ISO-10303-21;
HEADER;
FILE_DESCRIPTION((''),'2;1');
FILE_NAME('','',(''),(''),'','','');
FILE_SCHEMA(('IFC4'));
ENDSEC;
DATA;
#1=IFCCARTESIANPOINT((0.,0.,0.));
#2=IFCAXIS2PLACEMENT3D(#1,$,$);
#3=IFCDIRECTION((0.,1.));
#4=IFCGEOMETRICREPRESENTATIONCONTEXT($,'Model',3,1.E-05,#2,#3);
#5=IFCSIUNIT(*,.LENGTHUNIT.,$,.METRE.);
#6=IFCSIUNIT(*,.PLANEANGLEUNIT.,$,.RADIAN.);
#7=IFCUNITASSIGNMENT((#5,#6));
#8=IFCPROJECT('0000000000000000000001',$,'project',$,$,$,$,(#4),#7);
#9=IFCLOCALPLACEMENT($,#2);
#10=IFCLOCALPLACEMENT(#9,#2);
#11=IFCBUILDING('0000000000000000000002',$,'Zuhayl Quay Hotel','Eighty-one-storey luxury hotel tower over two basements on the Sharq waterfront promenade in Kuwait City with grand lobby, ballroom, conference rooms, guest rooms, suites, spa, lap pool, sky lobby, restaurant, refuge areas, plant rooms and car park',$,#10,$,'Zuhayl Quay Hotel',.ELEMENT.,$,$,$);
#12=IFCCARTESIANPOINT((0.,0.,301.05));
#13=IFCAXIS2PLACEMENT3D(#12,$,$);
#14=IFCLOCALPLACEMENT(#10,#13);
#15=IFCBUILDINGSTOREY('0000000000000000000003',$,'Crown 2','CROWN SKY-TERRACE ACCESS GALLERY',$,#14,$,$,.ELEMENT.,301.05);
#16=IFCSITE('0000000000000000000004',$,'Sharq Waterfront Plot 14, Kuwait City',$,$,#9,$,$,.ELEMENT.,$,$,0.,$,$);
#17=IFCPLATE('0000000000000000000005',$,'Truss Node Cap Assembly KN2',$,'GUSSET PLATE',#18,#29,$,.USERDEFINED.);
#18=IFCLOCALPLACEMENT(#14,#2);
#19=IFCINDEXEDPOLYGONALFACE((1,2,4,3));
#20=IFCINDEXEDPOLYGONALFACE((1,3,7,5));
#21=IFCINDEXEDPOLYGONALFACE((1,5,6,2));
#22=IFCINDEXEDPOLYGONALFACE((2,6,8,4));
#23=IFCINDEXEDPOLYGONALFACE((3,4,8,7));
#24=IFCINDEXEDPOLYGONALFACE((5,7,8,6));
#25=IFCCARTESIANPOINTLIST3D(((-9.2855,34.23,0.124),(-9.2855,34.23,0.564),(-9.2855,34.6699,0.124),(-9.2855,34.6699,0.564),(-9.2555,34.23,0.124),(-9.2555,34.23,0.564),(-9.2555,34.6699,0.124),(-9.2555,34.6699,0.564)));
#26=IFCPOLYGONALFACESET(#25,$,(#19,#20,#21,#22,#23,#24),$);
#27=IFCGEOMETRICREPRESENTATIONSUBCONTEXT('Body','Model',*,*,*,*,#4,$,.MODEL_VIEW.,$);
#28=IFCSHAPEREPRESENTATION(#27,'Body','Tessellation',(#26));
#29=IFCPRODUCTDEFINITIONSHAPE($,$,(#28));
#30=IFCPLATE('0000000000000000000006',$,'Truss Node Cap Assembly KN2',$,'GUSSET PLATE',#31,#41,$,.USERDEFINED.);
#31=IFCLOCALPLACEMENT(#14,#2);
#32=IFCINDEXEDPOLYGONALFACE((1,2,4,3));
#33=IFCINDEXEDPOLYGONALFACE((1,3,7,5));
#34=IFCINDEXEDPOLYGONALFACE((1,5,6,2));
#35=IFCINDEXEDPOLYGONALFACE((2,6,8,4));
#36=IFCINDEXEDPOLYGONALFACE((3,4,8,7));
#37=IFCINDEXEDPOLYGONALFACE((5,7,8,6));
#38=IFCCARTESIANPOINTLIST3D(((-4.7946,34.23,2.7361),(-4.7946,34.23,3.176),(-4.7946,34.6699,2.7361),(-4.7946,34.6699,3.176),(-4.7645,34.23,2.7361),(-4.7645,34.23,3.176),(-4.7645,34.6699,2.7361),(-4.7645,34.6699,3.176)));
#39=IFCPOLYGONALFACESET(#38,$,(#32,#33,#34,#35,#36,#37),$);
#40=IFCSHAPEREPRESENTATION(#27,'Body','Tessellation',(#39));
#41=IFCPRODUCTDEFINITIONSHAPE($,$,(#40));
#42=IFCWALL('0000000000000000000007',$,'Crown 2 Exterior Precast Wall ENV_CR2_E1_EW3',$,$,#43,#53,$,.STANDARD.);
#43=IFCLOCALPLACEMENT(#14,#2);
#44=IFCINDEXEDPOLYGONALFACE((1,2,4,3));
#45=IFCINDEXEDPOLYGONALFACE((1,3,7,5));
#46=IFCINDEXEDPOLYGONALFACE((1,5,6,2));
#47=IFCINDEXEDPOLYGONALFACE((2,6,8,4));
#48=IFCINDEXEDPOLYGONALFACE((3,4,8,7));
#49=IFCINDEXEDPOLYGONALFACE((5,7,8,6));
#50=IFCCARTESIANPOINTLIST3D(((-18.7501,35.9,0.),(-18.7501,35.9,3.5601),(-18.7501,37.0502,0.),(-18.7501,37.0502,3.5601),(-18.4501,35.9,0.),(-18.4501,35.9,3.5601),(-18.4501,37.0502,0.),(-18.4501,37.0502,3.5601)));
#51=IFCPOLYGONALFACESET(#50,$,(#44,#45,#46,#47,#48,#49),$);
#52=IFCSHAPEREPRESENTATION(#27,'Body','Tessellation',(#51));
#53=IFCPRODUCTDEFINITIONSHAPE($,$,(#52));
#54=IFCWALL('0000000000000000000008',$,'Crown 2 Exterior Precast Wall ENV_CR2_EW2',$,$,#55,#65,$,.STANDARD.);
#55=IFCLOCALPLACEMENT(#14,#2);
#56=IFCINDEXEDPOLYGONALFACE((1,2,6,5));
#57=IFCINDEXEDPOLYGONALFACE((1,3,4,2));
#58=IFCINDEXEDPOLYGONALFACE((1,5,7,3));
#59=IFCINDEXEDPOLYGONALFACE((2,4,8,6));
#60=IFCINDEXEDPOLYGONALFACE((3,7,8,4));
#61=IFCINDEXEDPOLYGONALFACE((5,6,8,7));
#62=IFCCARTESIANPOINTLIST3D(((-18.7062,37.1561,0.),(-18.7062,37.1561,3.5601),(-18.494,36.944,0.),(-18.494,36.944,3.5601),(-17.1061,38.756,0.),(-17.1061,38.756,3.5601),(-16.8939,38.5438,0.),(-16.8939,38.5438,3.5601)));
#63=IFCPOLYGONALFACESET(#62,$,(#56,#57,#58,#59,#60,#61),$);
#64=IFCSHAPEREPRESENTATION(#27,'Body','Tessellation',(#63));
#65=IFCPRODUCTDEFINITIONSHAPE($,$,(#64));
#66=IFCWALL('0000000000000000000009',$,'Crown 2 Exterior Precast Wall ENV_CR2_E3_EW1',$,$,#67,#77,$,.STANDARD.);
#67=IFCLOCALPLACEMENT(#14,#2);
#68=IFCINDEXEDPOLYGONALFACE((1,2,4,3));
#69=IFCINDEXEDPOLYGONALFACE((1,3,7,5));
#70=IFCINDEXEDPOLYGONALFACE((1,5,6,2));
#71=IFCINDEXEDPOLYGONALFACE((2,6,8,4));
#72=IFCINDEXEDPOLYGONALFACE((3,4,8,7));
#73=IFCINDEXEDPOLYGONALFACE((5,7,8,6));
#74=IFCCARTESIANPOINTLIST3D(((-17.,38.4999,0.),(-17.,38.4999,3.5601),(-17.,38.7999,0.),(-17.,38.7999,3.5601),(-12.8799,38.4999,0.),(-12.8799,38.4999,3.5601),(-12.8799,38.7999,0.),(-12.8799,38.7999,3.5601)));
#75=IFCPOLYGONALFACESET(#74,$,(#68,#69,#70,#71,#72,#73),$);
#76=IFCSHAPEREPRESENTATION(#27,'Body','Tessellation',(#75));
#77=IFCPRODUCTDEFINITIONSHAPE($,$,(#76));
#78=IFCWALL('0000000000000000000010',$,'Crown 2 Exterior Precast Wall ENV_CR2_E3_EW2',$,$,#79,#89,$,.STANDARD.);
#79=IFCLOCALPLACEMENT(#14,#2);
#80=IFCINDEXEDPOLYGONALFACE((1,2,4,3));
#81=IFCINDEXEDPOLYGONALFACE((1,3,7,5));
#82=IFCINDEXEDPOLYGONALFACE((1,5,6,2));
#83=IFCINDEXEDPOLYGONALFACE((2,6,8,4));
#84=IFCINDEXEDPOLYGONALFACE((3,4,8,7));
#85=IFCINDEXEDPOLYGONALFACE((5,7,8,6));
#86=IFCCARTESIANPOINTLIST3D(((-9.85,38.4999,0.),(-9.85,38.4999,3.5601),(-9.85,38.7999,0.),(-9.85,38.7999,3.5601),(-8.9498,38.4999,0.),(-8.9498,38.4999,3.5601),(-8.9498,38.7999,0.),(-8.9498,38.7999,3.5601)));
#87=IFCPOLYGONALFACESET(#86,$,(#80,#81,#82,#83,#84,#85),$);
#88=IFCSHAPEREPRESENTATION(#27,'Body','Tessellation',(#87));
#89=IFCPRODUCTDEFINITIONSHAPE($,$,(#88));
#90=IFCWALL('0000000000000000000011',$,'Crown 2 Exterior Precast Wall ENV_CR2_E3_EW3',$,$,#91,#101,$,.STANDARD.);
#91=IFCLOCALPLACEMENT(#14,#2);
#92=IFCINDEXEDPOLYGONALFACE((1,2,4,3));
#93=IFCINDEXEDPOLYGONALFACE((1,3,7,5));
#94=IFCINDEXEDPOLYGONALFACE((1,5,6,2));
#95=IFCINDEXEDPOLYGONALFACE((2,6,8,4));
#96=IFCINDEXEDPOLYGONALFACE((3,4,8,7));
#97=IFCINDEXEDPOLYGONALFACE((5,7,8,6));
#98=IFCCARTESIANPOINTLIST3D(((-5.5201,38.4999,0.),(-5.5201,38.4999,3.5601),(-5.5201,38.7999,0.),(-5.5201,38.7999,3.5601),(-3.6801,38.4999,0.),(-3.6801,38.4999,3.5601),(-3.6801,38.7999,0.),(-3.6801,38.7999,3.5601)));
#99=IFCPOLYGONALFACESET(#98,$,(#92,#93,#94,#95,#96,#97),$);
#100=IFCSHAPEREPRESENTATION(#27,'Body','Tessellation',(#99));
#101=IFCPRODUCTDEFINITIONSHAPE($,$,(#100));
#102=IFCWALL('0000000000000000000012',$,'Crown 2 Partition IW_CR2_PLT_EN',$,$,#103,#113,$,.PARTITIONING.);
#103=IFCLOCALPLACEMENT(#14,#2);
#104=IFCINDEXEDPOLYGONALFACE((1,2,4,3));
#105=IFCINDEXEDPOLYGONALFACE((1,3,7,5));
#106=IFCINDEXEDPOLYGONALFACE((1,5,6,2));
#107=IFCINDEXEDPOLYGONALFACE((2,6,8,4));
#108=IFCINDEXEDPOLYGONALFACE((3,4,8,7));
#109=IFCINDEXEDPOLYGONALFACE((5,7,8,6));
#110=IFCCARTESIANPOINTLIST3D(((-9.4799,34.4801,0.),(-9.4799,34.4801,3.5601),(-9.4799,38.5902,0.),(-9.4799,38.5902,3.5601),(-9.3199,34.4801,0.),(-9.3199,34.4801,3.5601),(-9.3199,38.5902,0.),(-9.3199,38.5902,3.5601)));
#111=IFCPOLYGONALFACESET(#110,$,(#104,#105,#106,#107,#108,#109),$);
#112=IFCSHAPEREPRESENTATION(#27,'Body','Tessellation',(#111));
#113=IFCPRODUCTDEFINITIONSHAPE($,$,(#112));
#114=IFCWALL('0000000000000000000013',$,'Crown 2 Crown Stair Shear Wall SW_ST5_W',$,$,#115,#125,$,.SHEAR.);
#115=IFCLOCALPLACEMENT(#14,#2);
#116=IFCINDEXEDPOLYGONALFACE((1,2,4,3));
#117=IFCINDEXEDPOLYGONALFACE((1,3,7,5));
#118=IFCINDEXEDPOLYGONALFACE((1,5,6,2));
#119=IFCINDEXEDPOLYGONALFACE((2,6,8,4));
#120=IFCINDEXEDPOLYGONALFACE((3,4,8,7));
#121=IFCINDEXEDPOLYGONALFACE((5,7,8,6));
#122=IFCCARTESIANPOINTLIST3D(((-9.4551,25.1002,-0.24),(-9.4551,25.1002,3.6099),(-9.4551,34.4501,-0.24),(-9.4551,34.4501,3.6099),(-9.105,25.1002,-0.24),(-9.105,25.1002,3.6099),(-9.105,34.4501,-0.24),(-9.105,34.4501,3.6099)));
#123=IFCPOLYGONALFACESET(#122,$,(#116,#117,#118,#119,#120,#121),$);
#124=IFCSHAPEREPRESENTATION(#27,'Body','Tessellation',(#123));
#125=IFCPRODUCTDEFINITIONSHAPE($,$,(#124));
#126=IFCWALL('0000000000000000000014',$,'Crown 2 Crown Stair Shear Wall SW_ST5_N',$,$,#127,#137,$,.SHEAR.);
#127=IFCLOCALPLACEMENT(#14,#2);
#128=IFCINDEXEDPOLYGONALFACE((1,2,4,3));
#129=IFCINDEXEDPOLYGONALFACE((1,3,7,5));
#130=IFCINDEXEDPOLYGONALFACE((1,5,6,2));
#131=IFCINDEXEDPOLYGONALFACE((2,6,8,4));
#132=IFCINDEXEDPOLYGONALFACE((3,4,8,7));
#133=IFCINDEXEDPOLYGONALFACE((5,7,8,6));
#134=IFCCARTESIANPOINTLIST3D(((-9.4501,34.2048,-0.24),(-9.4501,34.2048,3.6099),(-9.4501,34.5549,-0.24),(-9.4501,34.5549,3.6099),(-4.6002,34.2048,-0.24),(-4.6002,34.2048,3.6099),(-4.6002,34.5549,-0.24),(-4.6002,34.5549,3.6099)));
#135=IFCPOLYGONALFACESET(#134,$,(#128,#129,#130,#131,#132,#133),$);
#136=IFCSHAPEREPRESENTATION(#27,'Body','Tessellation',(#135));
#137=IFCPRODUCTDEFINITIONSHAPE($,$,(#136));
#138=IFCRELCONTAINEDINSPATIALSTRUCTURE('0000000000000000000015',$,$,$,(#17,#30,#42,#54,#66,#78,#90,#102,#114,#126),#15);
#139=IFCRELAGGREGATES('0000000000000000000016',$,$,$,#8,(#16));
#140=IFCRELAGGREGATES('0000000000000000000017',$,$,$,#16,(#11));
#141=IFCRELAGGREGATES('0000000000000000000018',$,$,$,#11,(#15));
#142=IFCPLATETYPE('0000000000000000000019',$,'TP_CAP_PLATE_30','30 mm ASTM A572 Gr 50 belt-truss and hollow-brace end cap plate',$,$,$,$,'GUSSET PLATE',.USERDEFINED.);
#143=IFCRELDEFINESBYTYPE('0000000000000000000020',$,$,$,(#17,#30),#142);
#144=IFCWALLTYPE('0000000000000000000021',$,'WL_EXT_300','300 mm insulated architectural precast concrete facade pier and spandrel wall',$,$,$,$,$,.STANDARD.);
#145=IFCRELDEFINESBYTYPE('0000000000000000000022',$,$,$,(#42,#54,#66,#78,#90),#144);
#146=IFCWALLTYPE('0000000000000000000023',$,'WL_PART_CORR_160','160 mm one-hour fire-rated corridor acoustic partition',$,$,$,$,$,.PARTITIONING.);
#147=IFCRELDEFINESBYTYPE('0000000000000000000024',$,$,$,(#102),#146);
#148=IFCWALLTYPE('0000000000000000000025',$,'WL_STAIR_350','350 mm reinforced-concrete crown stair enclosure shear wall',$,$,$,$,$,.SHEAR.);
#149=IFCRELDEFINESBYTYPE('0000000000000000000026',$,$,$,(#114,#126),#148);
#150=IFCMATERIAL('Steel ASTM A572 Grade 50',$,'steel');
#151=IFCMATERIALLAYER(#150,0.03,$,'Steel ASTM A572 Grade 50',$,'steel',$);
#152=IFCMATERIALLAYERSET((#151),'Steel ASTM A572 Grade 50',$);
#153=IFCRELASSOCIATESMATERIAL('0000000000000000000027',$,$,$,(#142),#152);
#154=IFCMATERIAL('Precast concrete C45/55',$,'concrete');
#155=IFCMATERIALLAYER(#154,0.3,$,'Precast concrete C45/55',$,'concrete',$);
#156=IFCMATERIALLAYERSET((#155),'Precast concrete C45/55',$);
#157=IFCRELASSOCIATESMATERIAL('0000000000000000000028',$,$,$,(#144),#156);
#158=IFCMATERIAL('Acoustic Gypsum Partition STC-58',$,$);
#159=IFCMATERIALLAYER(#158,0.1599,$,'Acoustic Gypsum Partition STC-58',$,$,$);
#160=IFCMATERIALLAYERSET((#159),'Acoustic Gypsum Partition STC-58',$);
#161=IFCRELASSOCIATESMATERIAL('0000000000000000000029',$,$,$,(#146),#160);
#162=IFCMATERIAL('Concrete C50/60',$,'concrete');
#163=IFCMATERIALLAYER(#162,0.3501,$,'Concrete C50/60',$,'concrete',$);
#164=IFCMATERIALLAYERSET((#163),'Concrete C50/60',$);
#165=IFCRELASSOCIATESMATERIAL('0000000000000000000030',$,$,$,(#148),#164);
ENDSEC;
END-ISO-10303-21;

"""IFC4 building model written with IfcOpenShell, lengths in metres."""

from ifc_helpers import new_model, si_unit, direction, frame, frame_2d, origin, origin_2d, place, context, subcontext, project, spatial, rectangle, extrude, material, layer, layer_set, type_object, element, save


model = new_model("IFC4")

# Units and contexts
model_context = context("Model", 3, precision=1e-05, world=origin(), true_north=direction((0.0, 1.0)))
body_context = subcontext(model_context, "Body", "Model", "MODEL_VIEW")
ifc_project = project(units=[si_unit("LENGTHUNIT", "METRE"), si_unit("PLANEANGLEUNIT", "RADIAN")], contexts=[model_context])

# Site, building, storey
site_placement = place(None, origin())
site = spatial("IfcSite", under=ifc_project, at=site_placement, Name="Sharq Waterfront Plot 14, Kuwait City", CompositionType="ELEMENT", RefElevation=0.0)
building_placement = place(site_placement, origin())
building = spatial("IfcBuilding", under=site, at=building_placement, Name="Zuhayl Quay Hotel", Description="Eighty-one-storey luxury hotel tower over two basements on the Sharq waterfront promenade in Kuwait City with grand lobby, ballroom, conference rooms, guest rooms, suites, spa, lap pool, sky lobby, restaurant, refuge areas, plant rooms and car park", LongName="Zuhayl Quay Hotel", CompositionType="ELEMENT")
storey_placement = place(building_placement, frame((0.0, 0.0, 301.05)))
storey = spatial("IfcBuildingStorey", under=building, at=storey_placement, Name="Crown 2", Description="CROWN SKY-TERRACE ACCESS GALLERY", CompositionType="ELEMENT", Elevation=301.05)

# Plates
ifc_material_1 = material(Name="Steel ASTM A572 Grade 50", Category="steel")
ifc_layer_1 = layer(ifc_material_1, 0.03, Name="Steel ASTM A572 Grade 50", Category="steel")
ifc_layer_set_1 = layer_set([ifc_layer_1], Name="Steel ASTM A572 Grade 50")
plate_type_1 = type_object("IfcPlateType", Name="TP_CAP_PLATE_30", Description="30 mm ASTM A572 Gr 50 belt-truss and hollow-brace end cap plate", ElementType="GUSSET PLATE", PredefinedType="USERDEFINED", material=ifc_layer_set_1)
for number, where, z_axis, x_axis, name in (
    (1, (-9.2705, 34.45, 0.124), (0.0, 0.0, 1.0), (-1.0, 0.0, 0.0), "Truss Node Cap Assembly KN2"),
    (2, (-4.7795, 34.45, 2.7361), (0.0, 0.0, 1.0), (1.0, 0.0, 0.0), "Truss Node Cap Assembly KN2"),
):
    element("IfcPlate", number, at=place(storey_placement, frame(where, z_axis=z_axis, x_axis=x_axis)), inside=storey, type_object=plate_type_1, Name=name, ObjectType="GUSSET PLATE", PredefinedType="USERDEFINED", context=body_context, shape_type="SweptSolid", body=[
        extrude(rectangle(XDim=0.03, YDim=0.4399, at=origin_2d()), origin(), (0.0, 0.0, 1.0), 0.4399),
    ])

# Walls
ifc_material_2 = material(Name="Precast concrete C45/55", Category="concrete")
ifc_layer_2 = layer(ifc_material_2, 0.3, Name="Precast concrete C45/55", Category="concrete")
ifc_layer_set_2 = layer_set([ifc_layer_2], Name="Precast concrete C45/55")
wall_type_1 = type_object("IfcWallType", Name="WL_EXT_300", Description="300 mm insulated architectural precast concrete facade pier and spandrel wall", PredefinedType="STANDARD", material=ifc_layer_set_2)
wall_1_placement = place(storey_placement, frame((-18.6001, 35.8999, 0.0), z_axis=(0.0, 0.0, 1.0), x_axis=(0.0, 1.0, 0.0)))
element("IfcWall", 3, at=wall_1_placement, inside=storey, type_object=wall_type_1, Name="Crown 2 Exterior Precast Wall ENV_CR2_E1_EW3", PredefinedType="STANDARD", context=body_context, shape_type="SweptSolid", body=[
    extrude(rectangle(XDim=1.1501, YDim=0.3, at=frame_2d((0.5752, 0.0))), origin(), (0.0, 0.0, 1.0), 3.5601),
])
wall_2_placement = place(storey_placement, frame((-18.6001, 37.05, 0.0), z_axis=(0.0, 0.0, 1.0), x_axis=(0.707161, 0.707053, 0.0)))
element("IfcWall", 4, at=wall_2_placement, inside=storey, type_object=wall_type_1, Name="Crown 2 Exterior Precast Wall ENV_CR2_EW2", PredefinedType="STANDARD", context=body_context, shape_type="SweptSolid", body=[
    extrude(rectangle(XDim=2.2627, YDim=0.3, at=frame_2d((1.1313, 0.0))), origin(), (0.0, 0.0, 1.0), 3.5601),
])
wall_3_placement = place(storey_placement, frame((-17.0, 38.6499, 0.0), z_axis=(0.0, 0.0, 1.0), x_axis=(1.0, 0.0, 0.0)))
element("IfcWall", 5, at=wall_3_placement, inside=storey, type_object=wall_type_1, Name="Crown 2 Exterior Precast Wall ENV_CR2_E3_EW1", PredefinedType="STANDARD", context=body_context, shape_type="SweptSolid", body=[
    extrude(rectangle(XDim=4.1201, YDim=0.3, at=frame_2d((2.0601, 0.0))), origin(), (0.0, 0.0, 1.0), 3.5601),
])
wall_4_placement = place(storey_placement, frame((-9.8501, 38.6499, 0.0), z_axis=(0.0, 0.0, 1.0), x_axis=(1.0, 0.0, 0.0)))
element("IfcWall", 6, at=wall_4_placement, inside=storey, type_object=wall_type_1, Name="Crown 2 Exterior Precast Wall ENV_CR2_E3_EW2", PredefinedType="STANDARD", context=body_context, shape_type="SweptSolid", body=[
    extrude(rectangle(XDim=0.9001, YDim=0.3, at=frame_2d((0.4502, 0.0))), origin(), (0.0, 0.0, 1.0), 3.5601),
])
wall_5_placement = place(storey_placement, frame((-5.52, 38.6499, 0.0), z_axis=(0.0, 0.0, 1.0), x_axis=(1.0, 0.0, 0.0)))
element("IfcWall", 7, at=wall_5_placement, inside=storey, type_object=wall_type_1, Name="Crown 2 Exterior Precast Wall ENV_CR2_E3_EW3", PredefinedType="STANDARD", context=body_context, shape_type="SweptSolid", body=[
    extrude(rectangle(XDim=1.8401, YDim=0.3, at=frame_2d((0.9199, 0.0))), origin(), (0.0, 0.0, 1.0), 3.5601),
])
ifc_material_3 = material(Name="Acoustic Gypsum Partition STC-58")
ifc_layer_3 = layer(ifc_material_3, 0.1599, Name="Acoustic Gypsum Partition STC-58")
ifc_layer_set_3 = layer_set([ifc_layer_3], Name="Acoustic Gypsum Partition STC-58")
wall_type_2 = type_object("IfcWallType", Name="WL_PART_CORR_160", Description="160 mm one-hour fire-rated corridor acoustic partition", PredefinedType="PARTITIONING", material=ifc_layer_set_3)
wall_6_placement = place(storey_placement, frame((-9.3999, 34.48, 0.0), z_axis=(0.0, 0.0, 1.0), x_axis=(0.0, 1.0, 0.0)))
element("IfcWall", 8, at=wall_6_placement, inside=storey, type_object=wall_type_2, Name="Crown 2 Partition IW_CR2_PLT_EN", PredefinedType="PARTITIONING", context=body_context, shape_type="SweptSolid", body=[
    extrude(rectangle(XDim=4.1101, YDim=0.1599, at=frame_2d((2.0552, 0.0))), origin(), (0.0, 0.0, 1.0), 3.5601),
])
ifc_material_4 = material(Name="Concrete C50/60", Category="concrete")
ifc_layer_4 = layer(ifc_material_4, 0.3501, Name="Concrete C50/60", Category="concrete")
ifc_layer_set_4 = layer_set([ifc_layer_4], Name="Concrete C50/60")
wall_type_3 = type_object("IfcWallType", Name="WL_STAIR_350", Description="350 mm reinforced-concrete crown stair enclosure shear wall", PredefinedType="SHEAR", material=ifc_layer_set_4)
wall_7_placement = place(storey_placement, frame((-9.28, 34.45, -0.24), z_axis=(0.0, 0.0, 1.0), x_axis=(0.0, -1.0, 0.0)))
element("IfcWall", 9, at=wall_7_placement, inside=storey, type_object=wall_type_3, Name="Crown 2 Crown Stair Shear Wall SW_ST5_W", PredefinedType="SHEAR", context=body_context, shape_type="SweptSolid", body=[
    extrude(rectangle(XDim=9.3499, YDim=0.3501, at=frame_2d((4.6748, 0.0))), origin(), (0.0, 0.0, 1.0), 3.8499),
])
wall_8_placement = place(storey_placement, frame((-9.45, 34.3799, -0.24), z_axis=(0.0, 0.0, 1.0), x_axis=(1.0, 0.0, 0.0)))
element("IfcWall", 10, at=wall_8_placement, inside=storey, type_object=wall_type_3, Name="Crown 2 Crown Stair Shear Wall SW_ST5_N", PredefinedType="SHEAR", context=body_context, shape_type="SweptSolid", body=[
    extrude(rectangle(XDim=4.8499, YDim=0.3501, at=frame_2d((2.4248, 0.0))), origin(), (0.0, 0.0, 1.0), 3.8499),
])

save(model, "model.ifc")
